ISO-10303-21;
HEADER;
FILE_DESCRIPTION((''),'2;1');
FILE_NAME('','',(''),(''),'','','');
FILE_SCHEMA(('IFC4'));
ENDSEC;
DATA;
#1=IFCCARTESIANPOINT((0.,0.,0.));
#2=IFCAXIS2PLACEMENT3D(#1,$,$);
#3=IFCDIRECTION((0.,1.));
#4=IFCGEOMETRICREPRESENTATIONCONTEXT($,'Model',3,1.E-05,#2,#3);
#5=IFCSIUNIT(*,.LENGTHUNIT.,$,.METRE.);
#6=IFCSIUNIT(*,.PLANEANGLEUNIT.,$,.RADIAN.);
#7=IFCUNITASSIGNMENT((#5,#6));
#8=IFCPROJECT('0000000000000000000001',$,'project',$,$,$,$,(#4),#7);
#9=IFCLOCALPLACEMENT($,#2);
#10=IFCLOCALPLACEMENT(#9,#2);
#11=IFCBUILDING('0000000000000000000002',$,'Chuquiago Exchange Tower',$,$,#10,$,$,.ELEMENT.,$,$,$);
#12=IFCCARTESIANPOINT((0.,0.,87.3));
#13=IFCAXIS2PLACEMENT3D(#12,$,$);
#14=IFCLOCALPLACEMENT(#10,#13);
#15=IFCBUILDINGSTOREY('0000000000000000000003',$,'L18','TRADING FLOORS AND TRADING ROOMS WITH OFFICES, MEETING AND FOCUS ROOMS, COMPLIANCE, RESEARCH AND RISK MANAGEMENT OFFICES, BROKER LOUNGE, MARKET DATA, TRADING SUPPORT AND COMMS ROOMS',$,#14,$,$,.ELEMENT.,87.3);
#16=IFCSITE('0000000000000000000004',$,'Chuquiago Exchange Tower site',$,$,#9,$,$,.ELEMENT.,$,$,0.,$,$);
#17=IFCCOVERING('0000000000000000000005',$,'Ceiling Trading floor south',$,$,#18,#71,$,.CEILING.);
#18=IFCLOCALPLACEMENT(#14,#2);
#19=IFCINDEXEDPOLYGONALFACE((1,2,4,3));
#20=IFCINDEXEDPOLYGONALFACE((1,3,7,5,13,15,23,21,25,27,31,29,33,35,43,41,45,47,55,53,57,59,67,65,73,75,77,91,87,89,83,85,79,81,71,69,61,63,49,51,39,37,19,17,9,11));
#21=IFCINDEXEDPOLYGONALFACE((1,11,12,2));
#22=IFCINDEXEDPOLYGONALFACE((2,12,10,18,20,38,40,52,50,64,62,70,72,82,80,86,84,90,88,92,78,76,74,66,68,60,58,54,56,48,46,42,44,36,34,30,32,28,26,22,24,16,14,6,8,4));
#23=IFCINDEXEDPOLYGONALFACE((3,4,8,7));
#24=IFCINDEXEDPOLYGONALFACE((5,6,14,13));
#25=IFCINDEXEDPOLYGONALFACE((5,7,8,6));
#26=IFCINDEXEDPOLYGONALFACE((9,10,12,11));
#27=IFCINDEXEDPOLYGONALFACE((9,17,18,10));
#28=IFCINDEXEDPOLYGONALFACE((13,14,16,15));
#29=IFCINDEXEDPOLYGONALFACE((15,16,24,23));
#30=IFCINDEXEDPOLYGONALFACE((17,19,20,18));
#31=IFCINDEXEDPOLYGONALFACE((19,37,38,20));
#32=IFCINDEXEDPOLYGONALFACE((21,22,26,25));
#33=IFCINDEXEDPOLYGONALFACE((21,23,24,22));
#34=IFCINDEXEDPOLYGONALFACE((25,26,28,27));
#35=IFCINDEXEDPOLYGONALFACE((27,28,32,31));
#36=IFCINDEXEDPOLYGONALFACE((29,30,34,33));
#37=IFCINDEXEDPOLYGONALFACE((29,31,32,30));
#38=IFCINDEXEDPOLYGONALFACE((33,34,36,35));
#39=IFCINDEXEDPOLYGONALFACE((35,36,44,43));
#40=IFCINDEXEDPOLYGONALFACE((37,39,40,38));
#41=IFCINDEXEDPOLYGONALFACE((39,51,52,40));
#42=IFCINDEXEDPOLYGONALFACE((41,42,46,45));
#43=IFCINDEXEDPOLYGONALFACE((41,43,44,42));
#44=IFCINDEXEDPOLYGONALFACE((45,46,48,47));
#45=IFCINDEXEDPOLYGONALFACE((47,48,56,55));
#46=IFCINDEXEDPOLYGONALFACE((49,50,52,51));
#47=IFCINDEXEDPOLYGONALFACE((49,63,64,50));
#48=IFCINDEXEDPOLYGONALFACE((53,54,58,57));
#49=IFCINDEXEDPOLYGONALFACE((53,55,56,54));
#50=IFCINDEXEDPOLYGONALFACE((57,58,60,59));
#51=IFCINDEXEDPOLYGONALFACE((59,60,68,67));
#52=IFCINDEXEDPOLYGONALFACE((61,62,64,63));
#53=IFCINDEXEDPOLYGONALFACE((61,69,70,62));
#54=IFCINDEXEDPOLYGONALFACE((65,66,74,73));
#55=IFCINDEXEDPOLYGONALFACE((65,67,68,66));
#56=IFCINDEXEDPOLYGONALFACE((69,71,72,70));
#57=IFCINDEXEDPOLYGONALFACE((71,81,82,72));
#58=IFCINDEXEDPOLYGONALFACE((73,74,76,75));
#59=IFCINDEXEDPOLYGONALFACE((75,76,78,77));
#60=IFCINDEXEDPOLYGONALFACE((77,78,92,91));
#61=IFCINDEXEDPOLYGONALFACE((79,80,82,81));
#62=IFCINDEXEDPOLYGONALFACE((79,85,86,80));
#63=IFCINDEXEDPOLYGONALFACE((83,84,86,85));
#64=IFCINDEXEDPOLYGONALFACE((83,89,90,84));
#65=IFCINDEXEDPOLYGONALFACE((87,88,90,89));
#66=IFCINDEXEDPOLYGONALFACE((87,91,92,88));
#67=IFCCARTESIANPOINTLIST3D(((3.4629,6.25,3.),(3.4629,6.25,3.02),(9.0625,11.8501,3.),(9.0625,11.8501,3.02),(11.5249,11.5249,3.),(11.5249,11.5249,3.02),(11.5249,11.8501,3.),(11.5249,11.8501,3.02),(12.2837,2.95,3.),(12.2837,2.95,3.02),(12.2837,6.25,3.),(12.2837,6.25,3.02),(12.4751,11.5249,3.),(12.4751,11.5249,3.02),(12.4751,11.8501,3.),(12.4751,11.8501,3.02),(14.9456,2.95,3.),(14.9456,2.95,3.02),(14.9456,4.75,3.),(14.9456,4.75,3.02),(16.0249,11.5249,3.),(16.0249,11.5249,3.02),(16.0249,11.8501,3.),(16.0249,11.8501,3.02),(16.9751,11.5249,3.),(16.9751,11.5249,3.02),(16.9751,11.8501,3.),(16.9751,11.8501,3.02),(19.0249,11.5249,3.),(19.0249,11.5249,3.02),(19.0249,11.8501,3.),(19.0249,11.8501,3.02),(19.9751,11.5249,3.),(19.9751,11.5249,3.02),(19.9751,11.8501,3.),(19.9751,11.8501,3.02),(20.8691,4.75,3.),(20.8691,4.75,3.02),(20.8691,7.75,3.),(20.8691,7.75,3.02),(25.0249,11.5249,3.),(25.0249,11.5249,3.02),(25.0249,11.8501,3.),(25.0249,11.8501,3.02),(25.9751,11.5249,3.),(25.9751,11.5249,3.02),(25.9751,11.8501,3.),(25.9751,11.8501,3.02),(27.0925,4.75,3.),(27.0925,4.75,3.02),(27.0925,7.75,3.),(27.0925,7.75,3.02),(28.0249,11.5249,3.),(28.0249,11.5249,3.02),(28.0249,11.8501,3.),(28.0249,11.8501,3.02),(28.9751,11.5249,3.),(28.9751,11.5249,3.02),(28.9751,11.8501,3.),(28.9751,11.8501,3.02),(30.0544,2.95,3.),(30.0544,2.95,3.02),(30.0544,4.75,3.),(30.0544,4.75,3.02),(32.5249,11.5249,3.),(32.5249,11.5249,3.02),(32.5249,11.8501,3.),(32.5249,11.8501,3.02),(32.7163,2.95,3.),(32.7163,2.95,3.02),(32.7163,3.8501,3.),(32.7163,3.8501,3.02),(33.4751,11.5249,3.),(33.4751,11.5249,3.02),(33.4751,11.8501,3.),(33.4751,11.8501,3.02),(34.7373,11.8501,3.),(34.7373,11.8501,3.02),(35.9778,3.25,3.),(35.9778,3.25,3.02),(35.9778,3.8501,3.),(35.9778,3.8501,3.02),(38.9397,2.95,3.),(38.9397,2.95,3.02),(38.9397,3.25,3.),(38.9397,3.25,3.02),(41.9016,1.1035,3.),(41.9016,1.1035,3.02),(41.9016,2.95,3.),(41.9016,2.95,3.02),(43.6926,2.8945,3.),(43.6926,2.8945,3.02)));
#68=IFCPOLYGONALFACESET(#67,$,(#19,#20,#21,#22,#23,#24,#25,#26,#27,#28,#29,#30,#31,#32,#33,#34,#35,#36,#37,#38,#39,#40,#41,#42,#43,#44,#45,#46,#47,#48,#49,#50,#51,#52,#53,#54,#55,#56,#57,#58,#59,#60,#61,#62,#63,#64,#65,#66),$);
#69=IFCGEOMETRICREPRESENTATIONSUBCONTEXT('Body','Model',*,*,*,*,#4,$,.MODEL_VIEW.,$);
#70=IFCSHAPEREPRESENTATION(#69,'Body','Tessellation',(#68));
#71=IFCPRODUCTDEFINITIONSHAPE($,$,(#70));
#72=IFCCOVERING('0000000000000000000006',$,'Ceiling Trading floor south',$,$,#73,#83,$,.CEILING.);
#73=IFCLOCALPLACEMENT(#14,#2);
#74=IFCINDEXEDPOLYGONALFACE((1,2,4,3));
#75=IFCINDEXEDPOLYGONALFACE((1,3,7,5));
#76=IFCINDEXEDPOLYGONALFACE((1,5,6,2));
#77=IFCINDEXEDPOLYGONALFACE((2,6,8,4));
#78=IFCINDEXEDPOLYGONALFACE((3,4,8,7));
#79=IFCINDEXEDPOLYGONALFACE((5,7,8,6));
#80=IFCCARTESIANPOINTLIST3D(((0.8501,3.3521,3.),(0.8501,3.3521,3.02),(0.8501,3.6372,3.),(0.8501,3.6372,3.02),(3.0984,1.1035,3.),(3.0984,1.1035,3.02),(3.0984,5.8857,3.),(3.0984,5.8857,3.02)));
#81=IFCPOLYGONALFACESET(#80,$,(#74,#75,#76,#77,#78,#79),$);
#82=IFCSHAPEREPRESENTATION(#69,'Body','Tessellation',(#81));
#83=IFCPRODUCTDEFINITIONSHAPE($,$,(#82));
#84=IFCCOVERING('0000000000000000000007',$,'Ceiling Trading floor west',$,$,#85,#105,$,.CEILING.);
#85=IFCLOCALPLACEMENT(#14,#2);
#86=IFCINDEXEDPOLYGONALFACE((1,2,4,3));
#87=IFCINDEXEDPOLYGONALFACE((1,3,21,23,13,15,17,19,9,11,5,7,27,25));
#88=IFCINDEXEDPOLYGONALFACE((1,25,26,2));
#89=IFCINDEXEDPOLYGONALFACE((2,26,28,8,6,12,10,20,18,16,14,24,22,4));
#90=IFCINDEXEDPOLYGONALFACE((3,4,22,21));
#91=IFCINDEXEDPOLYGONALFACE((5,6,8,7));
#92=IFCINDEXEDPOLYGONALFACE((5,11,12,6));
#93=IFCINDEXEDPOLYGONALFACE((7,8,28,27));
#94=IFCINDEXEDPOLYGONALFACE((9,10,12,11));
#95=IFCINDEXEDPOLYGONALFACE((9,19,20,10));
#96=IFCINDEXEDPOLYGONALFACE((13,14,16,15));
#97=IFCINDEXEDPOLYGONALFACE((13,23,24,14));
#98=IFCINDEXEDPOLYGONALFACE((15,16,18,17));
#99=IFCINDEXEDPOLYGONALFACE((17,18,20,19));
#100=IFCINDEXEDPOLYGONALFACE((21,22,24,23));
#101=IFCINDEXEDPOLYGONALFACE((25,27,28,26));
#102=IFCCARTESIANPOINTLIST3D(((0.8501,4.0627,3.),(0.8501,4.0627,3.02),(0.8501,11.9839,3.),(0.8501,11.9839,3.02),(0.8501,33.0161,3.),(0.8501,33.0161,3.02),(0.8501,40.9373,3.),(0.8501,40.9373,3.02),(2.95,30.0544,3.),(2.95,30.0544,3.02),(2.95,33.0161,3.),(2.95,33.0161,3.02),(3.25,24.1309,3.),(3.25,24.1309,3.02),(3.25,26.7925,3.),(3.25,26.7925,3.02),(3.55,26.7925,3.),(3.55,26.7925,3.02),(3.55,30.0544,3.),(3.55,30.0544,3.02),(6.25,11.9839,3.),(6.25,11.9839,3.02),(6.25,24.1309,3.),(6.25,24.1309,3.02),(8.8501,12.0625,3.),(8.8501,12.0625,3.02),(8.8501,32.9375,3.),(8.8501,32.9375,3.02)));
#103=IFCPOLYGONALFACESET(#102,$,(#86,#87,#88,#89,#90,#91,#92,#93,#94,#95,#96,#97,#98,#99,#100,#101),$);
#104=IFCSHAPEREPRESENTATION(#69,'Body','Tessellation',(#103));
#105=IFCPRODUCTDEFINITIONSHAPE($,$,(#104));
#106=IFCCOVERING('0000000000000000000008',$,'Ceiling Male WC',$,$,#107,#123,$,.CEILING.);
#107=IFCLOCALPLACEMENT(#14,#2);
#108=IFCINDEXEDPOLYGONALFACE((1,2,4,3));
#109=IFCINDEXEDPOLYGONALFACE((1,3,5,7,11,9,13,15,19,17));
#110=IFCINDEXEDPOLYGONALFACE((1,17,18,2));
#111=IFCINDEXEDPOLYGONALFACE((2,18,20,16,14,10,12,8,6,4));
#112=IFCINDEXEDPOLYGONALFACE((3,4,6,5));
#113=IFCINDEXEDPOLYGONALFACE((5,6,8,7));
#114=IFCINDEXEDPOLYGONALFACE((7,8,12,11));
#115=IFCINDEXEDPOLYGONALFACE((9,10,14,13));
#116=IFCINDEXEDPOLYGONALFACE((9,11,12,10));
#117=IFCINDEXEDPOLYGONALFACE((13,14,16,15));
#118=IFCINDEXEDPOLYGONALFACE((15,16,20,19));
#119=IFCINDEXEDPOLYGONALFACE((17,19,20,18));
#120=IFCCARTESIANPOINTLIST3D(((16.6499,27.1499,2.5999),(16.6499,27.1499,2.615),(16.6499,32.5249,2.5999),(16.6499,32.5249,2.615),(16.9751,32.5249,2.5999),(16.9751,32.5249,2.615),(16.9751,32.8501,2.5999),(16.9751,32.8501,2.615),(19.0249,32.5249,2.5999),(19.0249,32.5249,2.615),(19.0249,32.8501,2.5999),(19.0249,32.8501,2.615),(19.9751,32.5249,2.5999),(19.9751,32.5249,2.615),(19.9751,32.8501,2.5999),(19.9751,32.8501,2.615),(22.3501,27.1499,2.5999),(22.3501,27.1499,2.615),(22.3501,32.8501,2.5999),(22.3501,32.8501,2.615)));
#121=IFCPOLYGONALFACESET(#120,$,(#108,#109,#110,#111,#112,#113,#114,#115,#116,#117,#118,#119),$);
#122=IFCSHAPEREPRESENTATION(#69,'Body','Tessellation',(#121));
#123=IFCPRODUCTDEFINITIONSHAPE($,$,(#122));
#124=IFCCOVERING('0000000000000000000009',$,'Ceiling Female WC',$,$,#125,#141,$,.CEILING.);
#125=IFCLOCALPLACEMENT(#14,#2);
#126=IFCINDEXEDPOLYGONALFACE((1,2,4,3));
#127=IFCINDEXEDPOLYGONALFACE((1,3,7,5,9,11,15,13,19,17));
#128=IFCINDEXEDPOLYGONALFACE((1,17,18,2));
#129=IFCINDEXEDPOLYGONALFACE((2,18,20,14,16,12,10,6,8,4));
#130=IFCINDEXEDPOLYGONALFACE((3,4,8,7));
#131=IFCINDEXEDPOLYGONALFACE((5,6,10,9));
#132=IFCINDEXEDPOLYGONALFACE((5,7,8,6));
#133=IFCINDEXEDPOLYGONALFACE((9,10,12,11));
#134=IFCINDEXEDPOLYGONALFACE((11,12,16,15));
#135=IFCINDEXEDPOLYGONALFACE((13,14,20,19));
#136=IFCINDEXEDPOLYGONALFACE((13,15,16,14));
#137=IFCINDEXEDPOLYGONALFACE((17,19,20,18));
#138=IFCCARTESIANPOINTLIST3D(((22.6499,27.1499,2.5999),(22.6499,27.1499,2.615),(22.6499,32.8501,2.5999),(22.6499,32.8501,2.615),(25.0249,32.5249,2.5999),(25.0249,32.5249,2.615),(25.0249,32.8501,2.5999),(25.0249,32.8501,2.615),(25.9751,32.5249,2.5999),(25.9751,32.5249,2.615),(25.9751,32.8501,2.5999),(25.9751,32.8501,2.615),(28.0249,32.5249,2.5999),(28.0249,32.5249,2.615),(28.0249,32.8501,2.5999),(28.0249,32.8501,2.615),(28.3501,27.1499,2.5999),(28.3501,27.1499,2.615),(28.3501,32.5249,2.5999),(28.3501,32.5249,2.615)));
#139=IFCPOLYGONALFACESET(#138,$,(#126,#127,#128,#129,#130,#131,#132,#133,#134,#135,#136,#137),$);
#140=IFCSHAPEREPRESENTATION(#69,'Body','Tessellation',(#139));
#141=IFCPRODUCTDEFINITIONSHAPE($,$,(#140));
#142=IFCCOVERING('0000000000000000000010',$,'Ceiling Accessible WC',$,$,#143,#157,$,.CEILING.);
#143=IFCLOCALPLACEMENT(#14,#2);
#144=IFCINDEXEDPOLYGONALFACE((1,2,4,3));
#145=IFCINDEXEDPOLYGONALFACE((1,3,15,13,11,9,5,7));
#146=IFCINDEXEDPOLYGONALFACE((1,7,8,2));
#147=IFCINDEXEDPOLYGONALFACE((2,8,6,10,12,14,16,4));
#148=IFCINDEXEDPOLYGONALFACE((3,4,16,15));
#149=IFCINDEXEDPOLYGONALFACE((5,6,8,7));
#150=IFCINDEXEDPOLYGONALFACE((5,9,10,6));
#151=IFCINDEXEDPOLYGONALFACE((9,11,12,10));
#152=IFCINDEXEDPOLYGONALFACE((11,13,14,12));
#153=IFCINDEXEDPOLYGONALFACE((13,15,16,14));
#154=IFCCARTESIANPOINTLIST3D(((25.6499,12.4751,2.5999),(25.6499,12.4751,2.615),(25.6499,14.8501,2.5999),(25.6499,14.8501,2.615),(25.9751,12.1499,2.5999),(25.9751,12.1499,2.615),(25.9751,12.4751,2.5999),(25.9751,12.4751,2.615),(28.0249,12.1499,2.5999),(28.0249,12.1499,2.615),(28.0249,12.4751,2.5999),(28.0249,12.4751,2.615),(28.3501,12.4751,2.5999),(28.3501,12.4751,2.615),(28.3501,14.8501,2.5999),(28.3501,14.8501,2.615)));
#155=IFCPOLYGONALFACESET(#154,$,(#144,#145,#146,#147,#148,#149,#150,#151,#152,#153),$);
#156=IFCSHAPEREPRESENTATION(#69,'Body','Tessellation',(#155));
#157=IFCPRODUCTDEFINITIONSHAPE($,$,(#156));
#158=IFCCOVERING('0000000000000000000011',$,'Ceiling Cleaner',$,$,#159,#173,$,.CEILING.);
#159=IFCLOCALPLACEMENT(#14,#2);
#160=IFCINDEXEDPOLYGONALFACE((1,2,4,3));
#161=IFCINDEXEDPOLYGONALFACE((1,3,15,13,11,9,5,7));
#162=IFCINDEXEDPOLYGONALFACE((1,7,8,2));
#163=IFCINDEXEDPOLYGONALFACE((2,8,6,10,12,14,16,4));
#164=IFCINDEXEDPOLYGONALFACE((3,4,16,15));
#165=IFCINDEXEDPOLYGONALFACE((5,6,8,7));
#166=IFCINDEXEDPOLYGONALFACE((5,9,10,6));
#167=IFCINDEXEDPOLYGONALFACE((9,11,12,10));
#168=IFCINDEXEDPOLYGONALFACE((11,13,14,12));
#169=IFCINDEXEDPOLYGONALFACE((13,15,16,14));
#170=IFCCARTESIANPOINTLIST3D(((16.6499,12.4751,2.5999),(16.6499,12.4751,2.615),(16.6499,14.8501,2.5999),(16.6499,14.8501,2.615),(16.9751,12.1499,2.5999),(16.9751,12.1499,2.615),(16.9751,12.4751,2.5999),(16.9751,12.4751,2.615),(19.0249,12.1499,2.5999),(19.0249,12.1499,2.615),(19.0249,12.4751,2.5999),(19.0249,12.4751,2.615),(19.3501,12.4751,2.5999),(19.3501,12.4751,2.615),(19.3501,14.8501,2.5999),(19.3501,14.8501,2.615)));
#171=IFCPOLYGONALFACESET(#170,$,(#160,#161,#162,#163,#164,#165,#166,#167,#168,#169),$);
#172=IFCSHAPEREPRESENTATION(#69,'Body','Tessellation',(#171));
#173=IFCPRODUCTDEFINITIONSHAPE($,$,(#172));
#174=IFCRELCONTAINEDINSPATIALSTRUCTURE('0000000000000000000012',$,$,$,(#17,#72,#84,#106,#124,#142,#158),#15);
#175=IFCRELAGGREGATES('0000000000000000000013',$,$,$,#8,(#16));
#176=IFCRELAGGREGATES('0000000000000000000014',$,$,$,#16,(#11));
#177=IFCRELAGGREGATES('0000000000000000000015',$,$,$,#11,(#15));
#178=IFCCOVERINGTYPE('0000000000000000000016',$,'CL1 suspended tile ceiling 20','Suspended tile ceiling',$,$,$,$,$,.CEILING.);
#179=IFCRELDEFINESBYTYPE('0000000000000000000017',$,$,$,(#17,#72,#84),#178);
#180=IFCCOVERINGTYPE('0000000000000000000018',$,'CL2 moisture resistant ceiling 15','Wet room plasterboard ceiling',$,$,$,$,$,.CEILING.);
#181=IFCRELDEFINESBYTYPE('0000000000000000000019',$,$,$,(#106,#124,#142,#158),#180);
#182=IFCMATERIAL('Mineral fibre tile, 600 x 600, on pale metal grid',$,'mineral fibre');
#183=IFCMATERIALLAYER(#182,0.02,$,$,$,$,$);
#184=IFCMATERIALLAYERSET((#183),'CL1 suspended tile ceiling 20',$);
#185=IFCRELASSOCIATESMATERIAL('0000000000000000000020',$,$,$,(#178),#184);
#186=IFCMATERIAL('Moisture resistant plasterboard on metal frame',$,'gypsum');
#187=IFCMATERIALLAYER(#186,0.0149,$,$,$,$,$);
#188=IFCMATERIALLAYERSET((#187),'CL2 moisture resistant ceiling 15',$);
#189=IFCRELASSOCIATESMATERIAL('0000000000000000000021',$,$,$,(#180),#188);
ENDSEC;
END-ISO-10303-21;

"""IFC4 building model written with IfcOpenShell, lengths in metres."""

from ifc_helpers import new_model, si_unit, direction, frame, origin, place, context, subcontext, project, spatial, polyline, outline, extrude, material, layer, layer_set, type_object, element, save


model = new_model("IFC4")

# Units and contexts
model_context = context("Model", 3, precision=1e-05, world=origin(), true_north=direction((0.0, 1.0)))
body_context = subcontext(model_context, "Body", "Model", "MODEL_VIEW")
ifc_project = project(units=[si_unit("LENGTHUNIT", "METRE"), si_unit("PLANEANGLEUNIT", "RADIAN")], contexts=[model_context])

# Site, building, storey
site_placement = place(None, origin())
site = spatial("IfcSite", under=ifc_project, at=site_placement, Name="Chuquiago Exchange Tower site", CompositionType="ELEMENT", RefElevation=0.0)
building_placement = place(site_placement, origin())
building = spatial("IfcBuilding", under=site, at=building_placement, Name="Chuquiago Exchange Tower", CompositionType="ELEMENT")
storey_placement = place(building_placement, frame((0.0, 0.0, 87.3)))
storey = spatial("IfcBuildingStorey", under=building, at=storey_placement, Name="L18", Description="TRADING FLOORS AND TRADING ROOMS WITH OFFICES, MEETING AND FOCUS ROOMS, COMPLIANCE, RESEARCH AND RISK MANAGEMENT OFFICES, BROKER LOUNGE, MARKET DATA, TRADING SUPPORT AND COMMS ROOMS", CompositionType="ELEMENT", Elevation=87.3)

# Coverings
ifc_material_1 = material(Name="Mineral fibre tile, 600 x 600, on pale metal grid", Category="mineral fibre")
ifc_layer_1 = layer(ifc_material_1, 0.02)
ifc_layer_set_1 = layer_set([ifc_layer_1], Name="CL1 suspended tile ceiling 20")
covering_type_1 = type_object("IfcCoveringType", Name="CL1 suspended tile ceiling 20", Description="Suspended tile ceiling", PredefinedType="CEILING", material=ifc_layer_set_1)
covering_1_placement = place(storey_placement, frame((0.0, 0.0, 3.0)))
element("IfcCovering", 1, at=covering_1_placement, inside=storey, type_object=covering_type_1, Name="Ceiling Trading floor south", PredefinedType="CEILING", context=body_context, shape_type="SweptSolid", body=[
    extrude(outline(polyline([(9.0625, 11.8501), (11.5249, 11.8501), (11.5249, 11.5249), (12.4751, 11.5249), (12.4751, 11.8501), (16.0249, 11.8501), (16.0249, 11.5249), (16.9751, 11.5249), (16.9751, 11.8501), (19.0249, 11.8501), (19.0249, 11.5249), (19.9751, 11.5249), (19.9751, 11.8501), (25.0249, 11.8501), (25.0249, 11.5249), (25.9751, 11.5249), (25.9751, 11.8501), (28.0249, 11.8501), (28.0249, 11.5249), (28.9751, 11.5249), (28.9751, 11.8501), (32.5249, 11.8501), (32.5249, 11.5249), (33.4751, 11.5249), (33.4751, 11.8501), (34.7373, 11.8501), (43.6926, 2.8945), (41.9016, 1.1035), (41.9016, 2.95), (38.9397, 2.95), (38.9397, 3.25), (35.9778, 3.25), (35.9778, 3.8501), (32.7163, 3.8501), (32.7163, 2.95), (30.0544, 2.95), (30.0544, 4.75), (27.0925, 4.75), (27.0925, 7.75), (20.8691, 7.75), (20.8691, 4.75), (14.9456, 4.75), (14.9456, 2.95), (12.2837, 2.95), (12.2837, 6.25), (3.4629, 6.25), (9.0625, 11.8501)])), origin(), (0.0, 0.0, 1.0), 0.02),
])
covering_2_placement = place(storey_placement, frame((0.0, 0.0, 3.0)))
element("IfcCovering", 2, at=covering_2_placement, inside=storey, type_object=covering_type_1, Name="Ceiling Trading floor south", PredefinedType="CEILING", context=body_context, shape_type="SweptSolid", body=[
    extrude(outline(polyline([(3.0984, 1.1035), (0.8501, 3.3521), (0.8501, 3.6372), (3.0984, 5.8857), (3.0984, 1.1035)])), origin(), (0.0, 0.0, 1.0), 0.02),
])
covering_3_placement = place(storey_placement, frame((0.0, 0.0, 3.0)))
element("IfcCovering", 3, at=covering_3_placement, inside=storey, type_object=covering_type_1, Name="Ceiling Trading floor west", PredefinedType="CEILING", context=body_context, shape_type="SweptSolid", body=[
    extrude(outline(polyline([(6.25, 24.1309), (3.25, 24.1309), (3.25, 26.7925), (3.55, 26.7925), (3.55, 30.0544), (2.95, 30.0544), (2.95, 33.0161), (0.8501, 33.0161), (0.8501, 40.9373), (8.8501, 32.9375), (8.8501, 12.0625), (0.8501, 4.0627), (0.8501, 11.9839), (6.25, 11.9839), (6.25, 24.1309)])), origin(), (0.0, 0.0, 1.0), 0.02),
])
ifc_material_2 = material(Name="Moisture resistant plasterboard on metal frame", Category="gypsum")
ifc_layer_2 = layer(ifc_material_2, 0.0149)
ifc_layer_set_2 = layer_set([ifc_layer_2], Name="CL2 moisture resistant ceiling 15")
covering_type_2 = type_object("IfcCoveringType", Name="CL2 moisture resistant ceiling 15", Description="Wet room plasterboard ceiling", PredefinedType="CEILING", material=ifc_layer_set_2)
covering_4_placement = place(storey_placement, frame((0.0, 0.0, 2.5999)))
element("IfcCovering", 4, at=covering_4_placement, inside=storey, type_object=covering_type_2, Name="Ceiling Male WC", PredefinedType="CEILING", context=body_context, shape_type="SweptSolid", body=[
    extrude(outline(polyline([(16.6499, 27.1499), (16.6499, 32.5249), (16.9751, 32.5249), (16.9751, 32.8501), (19.0249, 32.8501), (19.0249, 32.5249), (19.9751, 32.5249), (19.9751, 32.8501), (22.3501, 32.8501), (22.3501, 27.1499), (16.6499, 27.1499)])), origin(), (0.0, 0.0, 1.0), 0.0151),
])
covering_5_placement = place(storey_placement, frame((0.0, 0.0, 2.5999)))
element("IfcCovering", 5, at=covering_5_placement, inside=storey, type_object=covering_type_2, Name="Ceiling Female WC", PredefinedType="CEILING", context=body_context, shape_type="SweptSolid", body=[
    extrude(outline(polyline([(22.6499, 27.1499), (22.6499, 32.8501), (25.0249, 32.8501), (25.0249, 32.5249), (25.9751, 32.5249), (25.9751, 32.8501), (28.0249, 32.8501), (28.0249, 32.5249), (28.3501, 32.5249), (28.3501, 27.1499), (22.6499, 27.1499)])), origin(), (0.0, 0.0, 1.0), 0.0151),
])
covering_6_placement = place(storey_placement, frame((0.0, 0.0, 2.5999)))
element("IfcCovering", 6, at=covering_6_placement, inside=storey, type_object=covering_type_2, Name="Ceiling Accessible WC", PredefinedType="CEILING", context=body_context, shape_type="SweptSolid", body=[
    extrude(outline(polyline([(25.9751, 12.1499), (25.9751, 12.4751), (25.6499, 12.4751), (25.6499, 14.8501), (28.3501, 14.8501), (28.3501, 12.4751), (28.0249, 12.4751), (28.0249, 12.1499), (25.9751, 12.1499)])), origin(), (0.0, 0.0, 1.0), 0.0151),
])
covering_7_placement = place(storey_placement, frame((0.0, 0.0, 2.5999)))
element("IfcCovering", 7, at=covering_7_placement, inside=storey, type_object=covering_type_2, Name="Ceiling Cleaner", PredefinedType="CEILING", context=body_context, shape_type="SweptSolid", body=[
    extrude(outline(polyline([(16.9751, 12.1499), (16.9751, 12.4751), (16.6499, 12.4751), (16.6499, 14.8501), (19.3501, 14.8501), (19.3501, 12.4751), (19.0249, 12.4751), (19.0249, 12.1499), (16.9751, 12.1499)])), origin(), (0.0, 0.0, 1.0), 0.0151),
])

save(model, "model.ifc")
